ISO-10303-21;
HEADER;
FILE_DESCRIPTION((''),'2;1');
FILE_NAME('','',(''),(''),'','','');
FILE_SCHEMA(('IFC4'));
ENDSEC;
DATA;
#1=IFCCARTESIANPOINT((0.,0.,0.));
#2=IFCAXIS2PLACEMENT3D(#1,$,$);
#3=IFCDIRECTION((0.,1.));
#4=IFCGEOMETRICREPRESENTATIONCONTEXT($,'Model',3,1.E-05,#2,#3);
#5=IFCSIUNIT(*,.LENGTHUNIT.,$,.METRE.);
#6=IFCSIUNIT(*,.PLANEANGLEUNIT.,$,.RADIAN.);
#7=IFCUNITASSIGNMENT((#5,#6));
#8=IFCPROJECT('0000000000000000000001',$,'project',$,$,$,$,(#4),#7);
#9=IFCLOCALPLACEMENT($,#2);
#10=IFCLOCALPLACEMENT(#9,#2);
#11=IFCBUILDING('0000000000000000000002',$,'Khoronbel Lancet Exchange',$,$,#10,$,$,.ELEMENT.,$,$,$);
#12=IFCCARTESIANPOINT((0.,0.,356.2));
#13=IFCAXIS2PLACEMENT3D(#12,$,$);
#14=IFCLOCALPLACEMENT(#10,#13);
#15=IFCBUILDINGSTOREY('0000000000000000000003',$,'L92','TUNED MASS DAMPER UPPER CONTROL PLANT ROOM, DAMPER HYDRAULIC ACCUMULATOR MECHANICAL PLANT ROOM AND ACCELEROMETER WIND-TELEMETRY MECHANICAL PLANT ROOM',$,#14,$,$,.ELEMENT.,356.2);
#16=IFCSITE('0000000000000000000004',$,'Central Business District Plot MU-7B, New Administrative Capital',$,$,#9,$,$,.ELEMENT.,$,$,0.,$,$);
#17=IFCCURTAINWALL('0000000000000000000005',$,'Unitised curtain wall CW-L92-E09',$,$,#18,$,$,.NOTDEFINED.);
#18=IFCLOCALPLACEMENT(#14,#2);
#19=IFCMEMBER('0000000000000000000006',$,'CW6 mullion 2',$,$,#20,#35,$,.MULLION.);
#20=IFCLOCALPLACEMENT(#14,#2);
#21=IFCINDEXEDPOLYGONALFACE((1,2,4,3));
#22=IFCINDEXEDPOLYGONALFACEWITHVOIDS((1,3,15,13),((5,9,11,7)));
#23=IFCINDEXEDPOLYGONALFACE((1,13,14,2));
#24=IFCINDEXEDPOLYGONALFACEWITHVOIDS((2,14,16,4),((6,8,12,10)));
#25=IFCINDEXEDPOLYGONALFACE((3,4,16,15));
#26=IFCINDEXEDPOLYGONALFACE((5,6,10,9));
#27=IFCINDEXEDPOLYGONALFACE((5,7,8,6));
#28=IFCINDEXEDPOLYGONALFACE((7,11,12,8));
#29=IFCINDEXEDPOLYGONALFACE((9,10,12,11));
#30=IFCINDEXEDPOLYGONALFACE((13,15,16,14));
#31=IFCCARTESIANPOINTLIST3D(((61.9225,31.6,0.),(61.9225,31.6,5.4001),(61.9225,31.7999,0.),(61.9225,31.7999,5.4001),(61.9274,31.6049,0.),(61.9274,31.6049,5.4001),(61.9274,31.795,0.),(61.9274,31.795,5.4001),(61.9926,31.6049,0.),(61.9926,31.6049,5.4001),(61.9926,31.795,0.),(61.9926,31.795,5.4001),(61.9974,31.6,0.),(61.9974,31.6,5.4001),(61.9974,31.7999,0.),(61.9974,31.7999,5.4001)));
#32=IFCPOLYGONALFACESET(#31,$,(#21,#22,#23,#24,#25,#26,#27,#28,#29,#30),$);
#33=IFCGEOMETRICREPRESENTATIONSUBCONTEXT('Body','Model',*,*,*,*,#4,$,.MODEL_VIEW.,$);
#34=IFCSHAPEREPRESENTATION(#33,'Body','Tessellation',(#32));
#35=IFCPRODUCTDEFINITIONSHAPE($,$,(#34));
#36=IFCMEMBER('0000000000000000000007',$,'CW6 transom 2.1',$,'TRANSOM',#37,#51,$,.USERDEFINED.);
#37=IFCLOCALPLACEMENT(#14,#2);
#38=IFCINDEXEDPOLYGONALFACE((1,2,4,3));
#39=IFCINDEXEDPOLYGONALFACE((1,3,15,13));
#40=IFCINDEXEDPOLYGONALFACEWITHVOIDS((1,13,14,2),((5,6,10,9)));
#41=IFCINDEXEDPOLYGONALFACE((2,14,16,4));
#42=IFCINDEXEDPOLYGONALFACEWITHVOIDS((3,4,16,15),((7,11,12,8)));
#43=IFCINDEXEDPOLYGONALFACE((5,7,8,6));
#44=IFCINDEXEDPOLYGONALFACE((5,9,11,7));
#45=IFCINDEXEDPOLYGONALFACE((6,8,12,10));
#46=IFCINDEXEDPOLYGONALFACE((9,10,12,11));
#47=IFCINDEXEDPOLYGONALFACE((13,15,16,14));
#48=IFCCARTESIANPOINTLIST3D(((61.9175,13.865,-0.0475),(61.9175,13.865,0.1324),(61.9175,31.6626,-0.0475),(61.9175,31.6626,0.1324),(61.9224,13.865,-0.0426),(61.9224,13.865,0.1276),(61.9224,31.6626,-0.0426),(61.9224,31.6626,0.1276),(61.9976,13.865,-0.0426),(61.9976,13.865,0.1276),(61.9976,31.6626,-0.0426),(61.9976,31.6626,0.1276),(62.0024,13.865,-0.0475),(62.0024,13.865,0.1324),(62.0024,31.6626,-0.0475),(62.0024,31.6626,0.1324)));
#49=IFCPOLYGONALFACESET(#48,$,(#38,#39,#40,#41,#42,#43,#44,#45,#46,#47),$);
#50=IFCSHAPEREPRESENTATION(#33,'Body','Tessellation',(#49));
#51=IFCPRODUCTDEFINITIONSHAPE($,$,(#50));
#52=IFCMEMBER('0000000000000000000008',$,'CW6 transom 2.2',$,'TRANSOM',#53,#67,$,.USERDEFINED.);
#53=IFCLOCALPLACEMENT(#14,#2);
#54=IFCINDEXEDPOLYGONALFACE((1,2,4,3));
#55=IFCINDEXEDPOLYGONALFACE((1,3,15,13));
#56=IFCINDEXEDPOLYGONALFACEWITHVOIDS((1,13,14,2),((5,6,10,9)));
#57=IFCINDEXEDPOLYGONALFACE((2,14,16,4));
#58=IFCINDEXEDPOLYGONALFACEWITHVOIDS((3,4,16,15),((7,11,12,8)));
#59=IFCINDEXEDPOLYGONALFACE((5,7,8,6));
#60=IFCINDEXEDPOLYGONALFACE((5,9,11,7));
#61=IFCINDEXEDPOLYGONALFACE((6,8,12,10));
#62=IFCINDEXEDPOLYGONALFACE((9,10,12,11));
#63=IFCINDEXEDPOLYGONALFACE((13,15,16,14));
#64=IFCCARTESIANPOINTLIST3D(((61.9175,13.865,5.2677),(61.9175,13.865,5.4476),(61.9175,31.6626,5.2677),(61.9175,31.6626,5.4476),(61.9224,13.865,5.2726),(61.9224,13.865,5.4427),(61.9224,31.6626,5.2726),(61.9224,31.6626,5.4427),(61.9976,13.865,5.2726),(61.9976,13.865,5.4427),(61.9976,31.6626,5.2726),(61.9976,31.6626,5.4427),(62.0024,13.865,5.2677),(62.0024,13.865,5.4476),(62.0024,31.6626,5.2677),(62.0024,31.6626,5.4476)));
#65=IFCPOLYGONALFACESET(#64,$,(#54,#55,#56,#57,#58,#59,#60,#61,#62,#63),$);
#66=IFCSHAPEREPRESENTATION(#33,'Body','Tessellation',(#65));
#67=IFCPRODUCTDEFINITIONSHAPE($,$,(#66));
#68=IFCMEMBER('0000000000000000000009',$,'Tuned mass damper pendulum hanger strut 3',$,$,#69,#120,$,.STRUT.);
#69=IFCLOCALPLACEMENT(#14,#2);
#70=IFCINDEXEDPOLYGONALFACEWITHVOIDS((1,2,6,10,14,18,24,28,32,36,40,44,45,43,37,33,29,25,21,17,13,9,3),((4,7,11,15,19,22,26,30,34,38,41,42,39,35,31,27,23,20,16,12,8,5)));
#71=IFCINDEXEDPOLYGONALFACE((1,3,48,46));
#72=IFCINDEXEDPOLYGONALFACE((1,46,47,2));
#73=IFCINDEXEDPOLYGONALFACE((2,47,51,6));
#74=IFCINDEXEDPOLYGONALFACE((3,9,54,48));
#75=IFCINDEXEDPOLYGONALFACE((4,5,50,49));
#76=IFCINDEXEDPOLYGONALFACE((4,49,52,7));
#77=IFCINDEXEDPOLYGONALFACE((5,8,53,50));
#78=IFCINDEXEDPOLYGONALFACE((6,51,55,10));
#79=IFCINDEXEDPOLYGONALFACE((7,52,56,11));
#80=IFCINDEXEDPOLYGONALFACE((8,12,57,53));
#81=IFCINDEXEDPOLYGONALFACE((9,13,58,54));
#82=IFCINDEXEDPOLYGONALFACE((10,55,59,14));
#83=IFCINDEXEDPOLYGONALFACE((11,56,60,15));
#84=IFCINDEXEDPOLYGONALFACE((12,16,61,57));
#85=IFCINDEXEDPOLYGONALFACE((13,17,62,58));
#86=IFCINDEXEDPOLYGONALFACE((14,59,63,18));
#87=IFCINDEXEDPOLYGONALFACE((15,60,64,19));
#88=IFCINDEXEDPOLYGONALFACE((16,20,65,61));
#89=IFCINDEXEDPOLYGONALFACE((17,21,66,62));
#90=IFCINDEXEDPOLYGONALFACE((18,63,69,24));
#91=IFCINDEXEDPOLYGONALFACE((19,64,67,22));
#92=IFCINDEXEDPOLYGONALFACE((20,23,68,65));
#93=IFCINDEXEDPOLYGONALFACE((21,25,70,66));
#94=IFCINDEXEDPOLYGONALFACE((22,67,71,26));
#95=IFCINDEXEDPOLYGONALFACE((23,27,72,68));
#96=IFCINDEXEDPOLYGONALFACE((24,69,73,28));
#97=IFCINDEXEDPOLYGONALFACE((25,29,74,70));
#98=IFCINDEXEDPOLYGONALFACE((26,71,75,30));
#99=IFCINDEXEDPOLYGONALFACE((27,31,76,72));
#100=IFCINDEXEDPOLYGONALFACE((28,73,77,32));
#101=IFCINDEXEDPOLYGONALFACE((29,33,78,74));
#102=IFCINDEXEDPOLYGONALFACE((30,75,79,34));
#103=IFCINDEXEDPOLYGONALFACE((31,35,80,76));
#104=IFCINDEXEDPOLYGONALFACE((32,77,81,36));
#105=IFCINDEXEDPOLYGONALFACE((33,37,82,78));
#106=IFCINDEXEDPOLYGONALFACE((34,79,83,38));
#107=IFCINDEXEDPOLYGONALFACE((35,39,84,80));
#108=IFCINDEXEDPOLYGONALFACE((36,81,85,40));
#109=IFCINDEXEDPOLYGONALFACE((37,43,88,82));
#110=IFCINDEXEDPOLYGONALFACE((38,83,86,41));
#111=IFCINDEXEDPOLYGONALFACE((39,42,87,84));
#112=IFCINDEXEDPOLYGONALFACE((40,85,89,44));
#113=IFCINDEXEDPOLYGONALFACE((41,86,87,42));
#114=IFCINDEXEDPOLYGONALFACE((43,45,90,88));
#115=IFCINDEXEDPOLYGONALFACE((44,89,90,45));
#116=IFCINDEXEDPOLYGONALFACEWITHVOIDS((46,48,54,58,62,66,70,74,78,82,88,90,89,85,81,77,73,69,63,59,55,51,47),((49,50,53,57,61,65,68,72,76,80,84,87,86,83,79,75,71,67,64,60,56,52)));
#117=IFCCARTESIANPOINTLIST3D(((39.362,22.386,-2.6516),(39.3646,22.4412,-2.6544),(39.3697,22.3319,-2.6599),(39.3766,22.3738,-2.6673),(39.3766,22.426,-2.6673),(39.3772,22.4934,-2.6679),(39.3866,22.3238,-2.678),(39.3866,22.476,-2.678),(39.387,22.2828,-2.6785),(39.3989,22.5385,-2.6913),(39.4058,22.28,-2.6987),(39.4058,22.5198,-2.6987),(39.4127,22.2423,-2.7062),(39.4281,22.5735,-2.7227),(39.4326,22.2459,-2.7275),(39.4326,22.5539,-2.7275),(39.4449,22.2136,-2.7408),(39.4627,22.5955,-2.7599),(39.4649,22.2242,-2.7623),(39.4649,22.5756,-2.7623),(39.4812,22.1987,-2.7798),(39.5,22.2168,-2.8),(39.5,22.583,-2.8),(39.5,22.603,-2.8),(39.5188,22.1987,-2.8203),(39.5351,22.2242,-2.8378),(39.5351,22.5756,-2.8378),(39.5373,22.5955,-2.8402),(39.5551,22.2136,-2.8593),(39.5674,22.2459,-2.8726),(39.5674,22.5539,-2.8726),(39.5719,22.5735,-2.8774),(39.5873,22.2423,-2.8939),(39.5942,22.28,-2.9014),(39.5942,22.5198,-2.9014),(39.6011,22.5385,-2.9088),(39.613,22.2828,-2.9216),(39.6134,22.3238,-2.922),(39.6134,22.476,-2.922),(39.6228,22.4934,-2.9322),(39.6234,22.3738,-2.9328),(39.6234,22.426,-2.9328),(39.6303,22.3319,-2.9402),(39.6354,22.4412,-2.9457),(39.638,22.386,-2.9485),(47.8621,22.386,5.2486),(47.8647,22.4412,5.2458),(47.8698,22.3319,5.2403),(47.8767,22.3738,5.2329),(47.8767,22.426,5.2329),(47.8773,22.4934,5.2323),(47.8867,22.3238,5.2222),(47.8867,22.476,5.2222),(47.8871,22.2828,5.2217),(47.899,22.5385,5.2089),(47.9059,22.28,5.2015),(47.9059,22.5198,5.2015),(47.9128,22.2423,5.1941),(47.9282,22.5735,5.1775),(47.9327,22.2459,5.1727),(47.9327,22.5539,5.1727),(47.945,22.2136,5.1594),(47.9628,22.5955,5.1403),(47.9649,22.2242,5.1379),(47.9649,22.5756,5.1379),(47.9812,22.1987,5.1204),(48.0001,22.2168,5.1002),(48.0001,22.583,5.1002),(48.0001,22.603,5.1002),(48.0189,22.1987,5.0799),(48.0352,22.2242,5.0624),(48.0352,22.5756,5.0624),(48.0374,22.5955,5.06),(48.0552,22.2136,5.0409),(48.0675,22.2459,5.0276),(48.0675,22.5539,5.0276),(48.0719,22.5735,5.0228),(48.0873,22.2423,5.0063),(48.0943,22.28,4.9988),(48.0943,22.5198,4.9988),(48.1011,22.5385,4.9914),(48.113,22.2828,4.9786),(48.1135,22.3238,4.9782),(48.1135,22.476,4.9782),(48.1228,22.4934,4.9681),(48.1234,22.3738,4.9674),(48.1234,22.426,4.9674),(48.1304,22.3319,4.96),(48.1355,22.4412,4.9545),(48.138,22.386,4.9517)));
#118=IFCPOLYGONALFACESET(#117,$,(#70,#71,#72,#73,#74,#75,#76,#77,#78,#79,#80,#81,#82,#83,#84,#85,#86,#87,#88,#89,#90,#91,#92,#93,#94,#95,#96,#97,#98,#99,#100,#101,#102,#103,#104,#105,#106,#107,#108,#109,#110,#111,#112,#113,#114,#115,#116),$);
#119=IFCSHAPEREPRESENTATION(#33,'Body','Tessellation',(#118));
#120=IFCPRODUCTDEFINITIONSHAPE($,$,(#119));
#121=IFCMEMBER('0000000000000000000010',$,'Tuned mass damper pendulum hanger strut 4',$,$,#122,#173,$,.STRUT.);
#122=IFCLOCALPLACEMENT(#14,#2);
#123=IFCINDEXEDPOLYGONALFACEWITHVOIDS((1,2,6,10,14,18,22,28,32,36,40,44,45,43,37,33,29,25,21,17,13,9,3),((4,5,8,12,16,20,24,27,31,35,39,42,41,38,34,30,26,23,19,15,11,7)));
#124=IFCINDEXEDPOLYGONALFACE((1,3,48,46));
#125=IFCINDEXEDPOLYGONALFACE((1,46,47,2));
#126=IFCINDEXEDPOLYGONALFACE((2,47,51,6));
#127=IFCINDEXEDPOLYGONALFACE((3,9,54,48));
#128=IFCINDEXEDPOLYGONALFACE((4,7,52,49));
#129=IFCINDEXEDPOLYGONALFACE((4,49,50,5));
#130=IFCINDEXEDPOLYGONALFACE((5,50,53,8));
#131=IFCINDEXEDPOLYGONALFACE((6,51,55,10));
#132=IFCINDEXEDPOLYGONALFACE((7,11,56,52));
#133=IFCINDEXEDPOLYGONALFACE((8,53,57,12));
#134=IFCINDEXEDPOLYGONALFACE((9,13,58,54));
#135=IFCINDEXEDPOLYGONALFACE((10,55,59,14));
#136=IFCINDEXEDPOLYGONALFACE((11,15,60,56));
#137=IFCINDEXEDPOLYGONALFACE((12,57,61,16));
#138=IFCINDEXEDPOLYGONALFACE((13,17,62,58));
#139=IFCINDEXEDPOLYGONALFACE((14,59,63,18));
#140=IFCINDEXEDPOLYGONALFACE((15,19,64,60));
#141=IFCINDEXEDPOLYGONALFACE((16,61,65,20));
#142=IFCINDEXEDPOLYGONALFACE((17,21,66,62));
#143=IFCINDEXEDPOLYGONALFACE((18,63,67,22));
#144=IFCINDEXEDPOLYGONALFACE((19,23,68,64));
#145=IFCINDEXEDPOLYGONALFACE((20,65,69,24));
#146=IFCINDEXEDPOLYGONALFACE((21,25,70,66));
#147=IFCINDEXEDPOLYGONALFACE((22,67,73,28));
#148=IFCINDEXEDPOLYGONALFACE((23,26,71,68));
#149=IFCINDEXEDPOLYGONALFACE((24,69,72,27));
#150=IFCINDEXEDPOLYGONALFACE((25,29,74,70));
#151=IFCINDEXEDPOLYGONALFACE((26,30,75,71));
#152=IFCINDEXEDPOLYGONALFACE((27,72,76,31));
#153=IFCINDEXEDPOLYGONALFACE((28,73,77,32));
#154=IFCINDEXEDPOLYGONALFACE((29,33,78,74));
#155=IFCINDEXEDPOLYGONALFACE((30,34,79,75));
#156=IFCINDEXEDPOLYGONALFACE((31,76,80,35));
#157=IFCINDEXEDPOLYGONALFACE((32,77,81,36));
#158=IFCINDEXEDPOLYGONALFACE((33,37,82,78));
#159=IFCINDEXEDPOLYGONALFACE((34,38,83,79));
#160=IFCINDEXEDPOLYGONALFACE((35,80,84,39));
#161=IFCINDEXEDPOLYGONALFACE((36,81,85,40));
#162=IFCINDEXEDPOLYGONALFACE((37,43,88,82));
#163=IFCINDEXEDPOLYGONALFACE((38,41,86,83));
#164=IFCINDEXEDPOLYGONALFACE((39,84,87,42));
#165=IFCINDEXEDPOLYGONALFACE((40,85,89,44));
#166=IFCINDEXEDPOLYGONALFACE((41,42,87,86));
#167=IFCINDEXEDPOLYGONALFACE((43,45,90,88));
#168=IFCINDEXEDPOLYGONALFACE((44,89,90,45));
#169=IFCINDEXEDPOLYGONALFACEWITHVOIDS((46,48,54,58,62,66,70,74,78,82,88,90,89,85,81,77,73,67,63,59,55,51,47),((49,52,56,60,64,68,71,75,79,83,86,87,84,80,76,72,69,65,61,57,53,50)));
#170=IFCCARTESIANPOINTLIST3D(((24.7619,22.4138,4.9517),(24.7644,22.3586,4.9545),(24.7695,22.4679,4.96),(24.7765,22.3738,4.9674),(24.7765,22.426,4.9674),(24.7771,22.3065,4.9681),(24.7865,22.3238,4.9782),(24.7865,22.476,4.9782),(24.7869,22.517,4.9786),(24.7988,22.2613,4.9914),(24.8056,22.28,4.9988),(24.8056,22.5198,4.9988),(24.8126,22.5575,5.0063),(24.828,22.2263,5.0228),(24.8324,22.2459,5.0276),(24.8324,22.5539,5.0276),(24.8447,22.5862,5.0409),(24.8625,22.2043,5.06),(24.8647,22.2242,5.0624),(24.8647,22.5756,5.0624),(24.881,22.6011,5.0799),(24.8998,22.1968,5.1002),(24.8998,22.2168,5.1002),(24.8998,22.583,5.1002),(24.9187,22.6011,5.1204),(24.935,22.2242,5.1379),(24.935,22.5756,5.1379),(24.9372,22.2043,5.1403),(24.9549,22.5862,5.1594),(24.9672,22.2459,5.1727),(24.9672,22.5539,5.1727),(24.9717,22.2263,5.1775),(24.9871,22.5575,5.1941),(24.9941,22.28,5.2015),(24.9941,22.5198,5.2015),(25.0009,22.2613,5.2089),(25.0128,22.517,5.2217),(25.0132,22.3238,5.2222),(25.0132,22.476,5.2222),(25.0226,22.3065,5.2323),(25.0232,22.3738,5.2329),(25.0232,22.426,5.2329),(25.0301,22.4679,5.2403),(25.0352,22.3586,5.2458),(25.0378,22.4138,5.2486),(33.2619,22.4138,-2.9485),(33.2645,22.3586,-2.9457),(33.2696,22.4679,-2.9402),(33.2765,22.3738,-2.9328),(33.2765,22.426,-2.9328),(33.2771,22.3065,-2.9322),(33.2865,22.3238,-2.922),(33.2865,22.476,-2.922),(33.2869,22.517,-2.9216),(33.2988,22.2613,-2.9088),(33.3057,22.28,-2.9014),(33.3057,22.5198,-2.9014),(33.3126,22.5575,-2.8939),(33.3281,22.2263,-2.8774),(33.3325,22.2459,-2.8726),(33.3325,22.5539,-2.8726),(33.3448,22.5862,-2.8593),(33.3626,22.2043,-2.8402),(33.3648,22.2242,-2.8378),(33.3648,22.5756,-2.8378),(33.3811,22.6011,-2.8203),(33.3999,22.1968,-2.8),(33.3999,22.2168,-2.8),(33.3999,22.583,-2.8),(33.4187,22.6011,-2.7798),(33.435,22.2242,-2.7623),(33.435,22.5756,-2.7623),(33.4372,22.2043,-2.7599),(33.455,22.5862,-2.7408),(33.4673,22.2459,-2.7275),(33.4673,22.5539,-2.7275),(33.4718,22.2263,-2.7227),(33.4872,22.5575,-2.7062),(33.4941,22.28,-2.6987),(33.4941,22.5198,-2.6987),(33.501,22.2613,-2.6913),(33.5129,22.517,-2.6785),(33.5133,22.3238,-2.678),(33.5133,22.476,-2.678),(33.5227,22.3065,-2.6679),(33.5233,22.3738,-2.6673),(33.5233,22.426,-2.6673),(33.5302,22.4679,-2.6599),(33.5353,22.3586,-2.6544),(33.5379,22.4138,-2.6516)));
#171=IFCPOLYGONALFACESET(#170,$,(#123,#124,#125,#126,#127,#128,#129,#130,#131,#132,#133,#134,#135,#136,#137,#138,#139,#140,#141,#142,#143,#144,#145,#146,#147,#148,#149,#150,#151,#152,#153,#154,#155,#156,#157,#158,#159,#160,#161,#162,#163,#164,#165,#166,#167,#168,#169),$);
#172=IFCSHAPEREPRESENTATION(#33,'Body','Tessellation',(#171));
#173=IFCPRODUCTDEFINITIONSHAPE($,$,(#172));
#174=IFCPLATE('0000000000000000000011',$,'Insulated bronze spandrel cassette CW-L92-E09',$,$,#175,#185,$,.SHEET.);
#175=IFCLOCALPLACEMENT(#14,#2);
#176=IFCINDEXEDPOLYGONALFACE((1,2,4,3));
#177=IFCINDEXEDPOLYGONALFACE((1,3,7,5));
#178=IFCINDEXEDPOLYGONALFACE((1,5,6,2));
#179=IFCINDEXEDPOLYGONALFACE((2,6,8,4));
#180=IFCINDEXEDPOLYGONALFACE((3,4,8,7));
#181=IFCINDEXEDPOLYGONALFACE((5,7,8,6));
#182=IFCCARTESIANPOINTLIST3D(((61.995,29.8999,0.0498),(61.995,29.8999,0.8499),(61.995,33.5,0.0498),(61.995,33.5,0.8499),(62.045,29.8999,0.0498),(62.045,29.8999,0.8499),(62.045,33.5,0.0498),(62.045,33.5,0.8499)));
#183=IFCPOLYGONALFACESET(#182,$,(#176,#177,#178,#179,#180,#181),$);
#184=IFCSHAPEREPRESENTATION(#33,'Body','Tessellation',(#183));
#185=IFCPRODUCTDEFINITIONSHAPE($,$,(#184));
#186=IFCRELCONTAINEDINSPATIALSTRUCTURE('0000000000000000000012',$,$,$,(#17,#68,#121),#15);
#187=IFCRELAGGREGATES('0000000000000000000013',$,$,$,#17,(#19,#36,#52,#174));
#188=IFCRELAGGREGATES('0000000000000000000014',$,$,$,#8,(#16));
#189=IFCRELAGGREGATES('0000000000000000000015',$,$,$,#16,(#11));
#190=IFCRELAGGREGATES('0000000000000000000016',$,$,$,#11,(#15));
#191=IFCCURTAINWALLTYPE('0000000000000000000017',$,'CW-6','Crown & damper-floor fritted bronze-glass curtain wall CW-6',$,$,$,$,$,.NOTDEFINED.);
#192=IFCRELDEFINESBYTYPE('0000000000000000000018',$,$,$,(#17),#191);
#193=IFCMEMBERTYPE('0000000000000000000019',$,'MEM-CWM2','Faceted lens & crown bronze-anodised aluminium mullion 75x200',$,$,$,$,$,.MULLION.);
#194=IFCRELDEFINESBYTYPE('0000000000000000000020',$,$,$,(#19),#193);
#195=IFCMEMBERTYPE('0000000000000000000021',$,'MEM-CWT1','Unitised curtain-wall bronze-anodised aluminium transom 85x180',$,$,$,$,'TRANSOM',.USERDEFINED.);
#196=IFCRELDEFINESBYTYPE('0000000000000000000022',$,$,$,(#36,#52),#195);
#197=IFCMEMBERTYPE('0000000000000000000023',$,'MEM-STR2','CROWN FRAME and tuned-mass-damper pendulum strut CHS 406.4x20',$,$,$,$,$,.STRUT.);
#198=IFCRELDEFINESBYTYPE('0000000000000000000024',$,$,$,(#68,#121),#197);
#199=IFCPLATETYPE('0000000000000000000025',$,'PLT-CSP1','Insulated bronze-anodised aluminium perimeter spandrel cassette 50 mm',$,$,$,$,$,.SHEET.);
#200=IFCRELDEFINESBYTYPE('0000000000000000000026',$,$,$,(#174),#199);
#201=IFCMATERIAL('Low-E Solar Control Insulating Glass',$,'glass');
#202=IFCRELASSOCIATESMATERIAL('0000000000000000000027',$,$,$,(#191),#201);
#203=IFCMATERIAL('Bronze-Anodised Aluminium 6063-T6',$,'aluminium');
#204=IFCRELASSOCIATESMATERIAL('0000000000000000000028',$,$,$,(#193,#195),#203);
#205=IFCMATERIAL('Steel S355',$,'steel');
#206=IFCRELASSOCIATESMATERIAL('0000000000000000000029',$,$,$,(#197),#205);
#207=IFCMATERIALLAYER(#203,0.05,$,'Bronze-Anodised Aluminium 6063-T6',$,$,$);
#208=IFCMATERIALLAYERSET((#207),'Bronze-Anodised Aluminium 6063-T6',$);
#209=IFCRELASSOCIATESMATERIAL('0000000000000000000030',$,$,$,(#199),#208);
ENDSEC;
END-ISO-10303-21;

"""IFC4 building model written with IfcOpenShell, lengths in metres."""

from ifc_helpers import new_model, si_unit, direction, frame, origin, origin_2d, place, context, subcontext, project, spatial, rectangle, hollow_rectangle, hollow_circle, extrude, material, layer, layer_set, material_profile, profile_set, type_object, element, aggregate, save


model = new_model("IFC4")

# Units and contexts
model_context = context("Model", 3, precision=1e-05, world=origin(), true_north=direction((0.0, 1.0)))
body_context = subcontext(model_context, "Body", "Model", "MODEL_VIEW")
ifc_project = project(units=[si_unit("LENGTHUNIT", "METRE"), si_unit("PLANEANGLEUNIT", "RADIAN")], contexts=[model_context])

# Site, building, storey
site_placement = place(None, origin())
site = spatial("IfcSite", under=ifc_project, at=site_placement, Name="Central Business District Plot MU-7B, New Administrative Capital", CompositionType="ELEMENT", RefElevation=0.0)
building_placement = place(site_placement, origin())
building = spatial("IfcBuilding", under=site, at=building_placement, Name="Khoronbel Lancet Exchange", CompositionType="ELEMENT")
storey_placement = place(building_placement, frame((0.0, 0.0, 356.2)))
storey = spatial("IfcBuildingStorey", under=building, at=storey_placement, Name="L92", Description="TUNED MASS DAMPER UPPER CONTROL PLANT ROOM, DAMPER HYDRAULIC ACCUMULATOR MECHANICAL PLANT ROOM AND ACCELEROMETER WIND-TELEMETRY MECHANICAL PLANT ROOM", CompositionType="ELEMENT", Elevation=356.2)

# Shared definitions
ifc_material_1 = material(Name="Steel S355", Category="steel")

# Curtain wall, members
ifc_material_2 = material(Name="Low-E Solar Control Insulating Glass", Category="glass")
curtain_wall_type = type_object("IfcCurtainWallType", Name="CW-6", Description="Crown & damper-floor fritted bronze-glass curtain wall CW-6", PredefinedType="NOTDEFINED", material=ifc_material_2)
curtain_wall_placement = place(storey_placement, origin())
curtain_wall = element("IfcCurtainWall", 1, at=curtain_wall_placement, inside=storey, type_object=curtain_wall_type, Name="Unitised curtain wall CW-L92-E09", PredefinedType="NOTDEFINED")
ifc_material_3 = material(Name="Bronze-Anodised Aluminium 6063-T6", Category="aluminium")
ifc_material_profile_1 = material_profile(ifc_material_3, hollow_rectangle(XDim=0.075, YDim=0.2, WallThickness=0.0049, at=origin_2d()), Name="ALU MULLION 75x200")
ifc_profile_set_1 = profile_set([ifc_material_profile_1], Name="Bronze-Anodised Aluminium 6063-T6")
member_type_1 = type_object("IfcMemberType", Name="MEM-CWM2", Description="Faceted lens & crown bronze-anodised aluminium mullion 75x200", PredefinedType="MULLION", material=ifc_profile_set_1)
member_1_placement = place(storey_placement, frame((61.96, 31.7, 0.0), z_axis=(0.0, 0.0, 1.0), x_axis=(1.0, 0.0, 0.0)))
member_1 = element("IfcMember", 2, at=member_1_placement, type_object=member_type_1, Name="CW6 mullion 2", PredefinedType="MULLION", context=body_context, shape_type="SweptSolid", body=[
    extrude(hollow_rectangle(XDim=0.075, YDim=0.2, WallThickness=0.0049, at=origin_2d()), origin(), (0.0, 0.0, 1.0), 5.4001),
])
ifc_material_profile_2 = material_profile(ifc_material_3, hollow_rectangle(XDim=0.085, YDim=0.1799, WallThickness=0.0049, at=origin_2d()), Name="ALU TRANSOM 85x180")
ifc_profile_set_2 = profile_set([ifc_material_profile_2], Name="Bronze-Anodised Aluminium 6063-T6")
member_type_2 = type_object("IfcMemberType", Name="MEM-CWT1", Description="Unitised curtain-wall bronze-anodised aluminium transom 85x180", ElementType="TRANSOM", PredefinedType="USERDEFINED", material=ifc_profile_set_2)
member_2_placement = place(storey_placement, frame((61.96, 31.6626, 0.0425), z_axis=(0.0, -1.0, 0.0), x_axis=(1.0, 0.0, 0.0)))
member_2 = element("IfcMember", 3, at=member_2_placement, type_object=member_type_2, Name="CW6 transom 2.1", ObjectType="TRANSOM", PredefinedType="USERDEFINED", context=body_context, shape_type="SweptSolid", body=[
    extrude(hollow_rectangle(XDim=0.085, YDim=0.1799, WallThickness=0.0049, at=origin_2d()), origin(), (0.0, 0.0, 1.0), 17.7976),
])
member_3_placement = place(storey_placement, frame((61.96, 31.6626, 5.3577), z_axis=(0.0, -1.0, 0.0), x_axis=(1.0, 0.0, 0.0)))
member_3 = element("IfcMember", 4, at=member_3_placement, type_object=member_type_2, Name="CW6 transom 2.2", ObjectType="TRANSOM", PredefinedType="USERDEFINED", context=body_context, shape_type="SweptSolid", body=[
    extrude(hollow_rectangle(XDim=0.085, YDim=0.1799, WallThickness=0.0049, at=origin_2d()), origin(), (0.0, 0.0, 1.0), 17.7976),
])

# Members
ifc_material_profile_3 = material_profile(ifc_material_1, hollow_circle(Radius=0.2031, WallThickness=0.02, at=origin_2d()), Name="CHS 406.4x20")
ifc_profile_set_3 = profile_set([ifc_material_profile_3], Name="Steel S355")
member_type_3 = type_object("IfcMemberType", Name="MEM-STR2", Description="CROWN FRAME and tuned-mass-damper pendulum strut CHS 406.4x20", PredefinedType="STRUT", material=ifc_profile_set_3)
for number, where, z_axis, x_axis, name in (
    (5, (39.5, 22.3999, -2.8), (0.73248, 0.0, 0.680788), (0.0, 1.0, 0.0), "Tuned mass damper pendulum hanger strut 3"),
    (6, (33.3999, 22.3999, -2.8), (-0.73248, 0.0, 0.680788), (0.0, -1.0, 0.0), "Tuned mass damper pendulum hanger strut 4"),
):
    element("IfcMember", number, at=place(storey_placement, frame(where, z_axis=z_axis, x_axis=x_axis)), inside=storey, type_object=member_type_3, Name=name, PredefinedType="STRUT", context=body_context, shape_type="SweptSolid", body=[
        extrude(hollow_circle(Radius=0.2031, WallThickness=0.02, at=origin_2d()), origin(), (0.0, 0.0, 1.0), 11.6045),
    ])

# Plate
ifc_layer_1 = layer(ifc_material_3, 0.05, Name="Bronze-Anodised Aluminium 6063-T6")
ifc_layer_set_1 = layer_set([ifc_layer_1], Name="Bronze-Anodised Aluminium 6063-T6")
plate_type_1 = type_object("IfcPlateType", Name="PLT-CSP1", Description="Insulated bronze-anodised aluminium perimeter spandrel cassette 50 mm", PredefinedType="SHEET", material=ifc_layer_set_1)
plate_1_placement = place(storey_placement, frame((62.02, 31.7, 0.0498), z_axis=(0.0, 0.0, 1.0), x_axis=(0.0, -1.0, 0.0)))
plate_1 = element("IfcPlate", 7, at=plate_1_placement, type_object=plate_type_1, Name="Insulated bronze spandrel cassette CW-L92-E09", PredefinedType="SHEET", context=body_context, shape_type="SweptSolid", body=[
    extrude(rectangle(XDim=3.6001, YDim=0.05, at=origin_2d()), origin(), (0.0, 0.0, 1.0), 0.8),
])
aggregate(curtain_wall, [member_1, member_2, member_3, plate_1])

save(model, "model.ifc")
